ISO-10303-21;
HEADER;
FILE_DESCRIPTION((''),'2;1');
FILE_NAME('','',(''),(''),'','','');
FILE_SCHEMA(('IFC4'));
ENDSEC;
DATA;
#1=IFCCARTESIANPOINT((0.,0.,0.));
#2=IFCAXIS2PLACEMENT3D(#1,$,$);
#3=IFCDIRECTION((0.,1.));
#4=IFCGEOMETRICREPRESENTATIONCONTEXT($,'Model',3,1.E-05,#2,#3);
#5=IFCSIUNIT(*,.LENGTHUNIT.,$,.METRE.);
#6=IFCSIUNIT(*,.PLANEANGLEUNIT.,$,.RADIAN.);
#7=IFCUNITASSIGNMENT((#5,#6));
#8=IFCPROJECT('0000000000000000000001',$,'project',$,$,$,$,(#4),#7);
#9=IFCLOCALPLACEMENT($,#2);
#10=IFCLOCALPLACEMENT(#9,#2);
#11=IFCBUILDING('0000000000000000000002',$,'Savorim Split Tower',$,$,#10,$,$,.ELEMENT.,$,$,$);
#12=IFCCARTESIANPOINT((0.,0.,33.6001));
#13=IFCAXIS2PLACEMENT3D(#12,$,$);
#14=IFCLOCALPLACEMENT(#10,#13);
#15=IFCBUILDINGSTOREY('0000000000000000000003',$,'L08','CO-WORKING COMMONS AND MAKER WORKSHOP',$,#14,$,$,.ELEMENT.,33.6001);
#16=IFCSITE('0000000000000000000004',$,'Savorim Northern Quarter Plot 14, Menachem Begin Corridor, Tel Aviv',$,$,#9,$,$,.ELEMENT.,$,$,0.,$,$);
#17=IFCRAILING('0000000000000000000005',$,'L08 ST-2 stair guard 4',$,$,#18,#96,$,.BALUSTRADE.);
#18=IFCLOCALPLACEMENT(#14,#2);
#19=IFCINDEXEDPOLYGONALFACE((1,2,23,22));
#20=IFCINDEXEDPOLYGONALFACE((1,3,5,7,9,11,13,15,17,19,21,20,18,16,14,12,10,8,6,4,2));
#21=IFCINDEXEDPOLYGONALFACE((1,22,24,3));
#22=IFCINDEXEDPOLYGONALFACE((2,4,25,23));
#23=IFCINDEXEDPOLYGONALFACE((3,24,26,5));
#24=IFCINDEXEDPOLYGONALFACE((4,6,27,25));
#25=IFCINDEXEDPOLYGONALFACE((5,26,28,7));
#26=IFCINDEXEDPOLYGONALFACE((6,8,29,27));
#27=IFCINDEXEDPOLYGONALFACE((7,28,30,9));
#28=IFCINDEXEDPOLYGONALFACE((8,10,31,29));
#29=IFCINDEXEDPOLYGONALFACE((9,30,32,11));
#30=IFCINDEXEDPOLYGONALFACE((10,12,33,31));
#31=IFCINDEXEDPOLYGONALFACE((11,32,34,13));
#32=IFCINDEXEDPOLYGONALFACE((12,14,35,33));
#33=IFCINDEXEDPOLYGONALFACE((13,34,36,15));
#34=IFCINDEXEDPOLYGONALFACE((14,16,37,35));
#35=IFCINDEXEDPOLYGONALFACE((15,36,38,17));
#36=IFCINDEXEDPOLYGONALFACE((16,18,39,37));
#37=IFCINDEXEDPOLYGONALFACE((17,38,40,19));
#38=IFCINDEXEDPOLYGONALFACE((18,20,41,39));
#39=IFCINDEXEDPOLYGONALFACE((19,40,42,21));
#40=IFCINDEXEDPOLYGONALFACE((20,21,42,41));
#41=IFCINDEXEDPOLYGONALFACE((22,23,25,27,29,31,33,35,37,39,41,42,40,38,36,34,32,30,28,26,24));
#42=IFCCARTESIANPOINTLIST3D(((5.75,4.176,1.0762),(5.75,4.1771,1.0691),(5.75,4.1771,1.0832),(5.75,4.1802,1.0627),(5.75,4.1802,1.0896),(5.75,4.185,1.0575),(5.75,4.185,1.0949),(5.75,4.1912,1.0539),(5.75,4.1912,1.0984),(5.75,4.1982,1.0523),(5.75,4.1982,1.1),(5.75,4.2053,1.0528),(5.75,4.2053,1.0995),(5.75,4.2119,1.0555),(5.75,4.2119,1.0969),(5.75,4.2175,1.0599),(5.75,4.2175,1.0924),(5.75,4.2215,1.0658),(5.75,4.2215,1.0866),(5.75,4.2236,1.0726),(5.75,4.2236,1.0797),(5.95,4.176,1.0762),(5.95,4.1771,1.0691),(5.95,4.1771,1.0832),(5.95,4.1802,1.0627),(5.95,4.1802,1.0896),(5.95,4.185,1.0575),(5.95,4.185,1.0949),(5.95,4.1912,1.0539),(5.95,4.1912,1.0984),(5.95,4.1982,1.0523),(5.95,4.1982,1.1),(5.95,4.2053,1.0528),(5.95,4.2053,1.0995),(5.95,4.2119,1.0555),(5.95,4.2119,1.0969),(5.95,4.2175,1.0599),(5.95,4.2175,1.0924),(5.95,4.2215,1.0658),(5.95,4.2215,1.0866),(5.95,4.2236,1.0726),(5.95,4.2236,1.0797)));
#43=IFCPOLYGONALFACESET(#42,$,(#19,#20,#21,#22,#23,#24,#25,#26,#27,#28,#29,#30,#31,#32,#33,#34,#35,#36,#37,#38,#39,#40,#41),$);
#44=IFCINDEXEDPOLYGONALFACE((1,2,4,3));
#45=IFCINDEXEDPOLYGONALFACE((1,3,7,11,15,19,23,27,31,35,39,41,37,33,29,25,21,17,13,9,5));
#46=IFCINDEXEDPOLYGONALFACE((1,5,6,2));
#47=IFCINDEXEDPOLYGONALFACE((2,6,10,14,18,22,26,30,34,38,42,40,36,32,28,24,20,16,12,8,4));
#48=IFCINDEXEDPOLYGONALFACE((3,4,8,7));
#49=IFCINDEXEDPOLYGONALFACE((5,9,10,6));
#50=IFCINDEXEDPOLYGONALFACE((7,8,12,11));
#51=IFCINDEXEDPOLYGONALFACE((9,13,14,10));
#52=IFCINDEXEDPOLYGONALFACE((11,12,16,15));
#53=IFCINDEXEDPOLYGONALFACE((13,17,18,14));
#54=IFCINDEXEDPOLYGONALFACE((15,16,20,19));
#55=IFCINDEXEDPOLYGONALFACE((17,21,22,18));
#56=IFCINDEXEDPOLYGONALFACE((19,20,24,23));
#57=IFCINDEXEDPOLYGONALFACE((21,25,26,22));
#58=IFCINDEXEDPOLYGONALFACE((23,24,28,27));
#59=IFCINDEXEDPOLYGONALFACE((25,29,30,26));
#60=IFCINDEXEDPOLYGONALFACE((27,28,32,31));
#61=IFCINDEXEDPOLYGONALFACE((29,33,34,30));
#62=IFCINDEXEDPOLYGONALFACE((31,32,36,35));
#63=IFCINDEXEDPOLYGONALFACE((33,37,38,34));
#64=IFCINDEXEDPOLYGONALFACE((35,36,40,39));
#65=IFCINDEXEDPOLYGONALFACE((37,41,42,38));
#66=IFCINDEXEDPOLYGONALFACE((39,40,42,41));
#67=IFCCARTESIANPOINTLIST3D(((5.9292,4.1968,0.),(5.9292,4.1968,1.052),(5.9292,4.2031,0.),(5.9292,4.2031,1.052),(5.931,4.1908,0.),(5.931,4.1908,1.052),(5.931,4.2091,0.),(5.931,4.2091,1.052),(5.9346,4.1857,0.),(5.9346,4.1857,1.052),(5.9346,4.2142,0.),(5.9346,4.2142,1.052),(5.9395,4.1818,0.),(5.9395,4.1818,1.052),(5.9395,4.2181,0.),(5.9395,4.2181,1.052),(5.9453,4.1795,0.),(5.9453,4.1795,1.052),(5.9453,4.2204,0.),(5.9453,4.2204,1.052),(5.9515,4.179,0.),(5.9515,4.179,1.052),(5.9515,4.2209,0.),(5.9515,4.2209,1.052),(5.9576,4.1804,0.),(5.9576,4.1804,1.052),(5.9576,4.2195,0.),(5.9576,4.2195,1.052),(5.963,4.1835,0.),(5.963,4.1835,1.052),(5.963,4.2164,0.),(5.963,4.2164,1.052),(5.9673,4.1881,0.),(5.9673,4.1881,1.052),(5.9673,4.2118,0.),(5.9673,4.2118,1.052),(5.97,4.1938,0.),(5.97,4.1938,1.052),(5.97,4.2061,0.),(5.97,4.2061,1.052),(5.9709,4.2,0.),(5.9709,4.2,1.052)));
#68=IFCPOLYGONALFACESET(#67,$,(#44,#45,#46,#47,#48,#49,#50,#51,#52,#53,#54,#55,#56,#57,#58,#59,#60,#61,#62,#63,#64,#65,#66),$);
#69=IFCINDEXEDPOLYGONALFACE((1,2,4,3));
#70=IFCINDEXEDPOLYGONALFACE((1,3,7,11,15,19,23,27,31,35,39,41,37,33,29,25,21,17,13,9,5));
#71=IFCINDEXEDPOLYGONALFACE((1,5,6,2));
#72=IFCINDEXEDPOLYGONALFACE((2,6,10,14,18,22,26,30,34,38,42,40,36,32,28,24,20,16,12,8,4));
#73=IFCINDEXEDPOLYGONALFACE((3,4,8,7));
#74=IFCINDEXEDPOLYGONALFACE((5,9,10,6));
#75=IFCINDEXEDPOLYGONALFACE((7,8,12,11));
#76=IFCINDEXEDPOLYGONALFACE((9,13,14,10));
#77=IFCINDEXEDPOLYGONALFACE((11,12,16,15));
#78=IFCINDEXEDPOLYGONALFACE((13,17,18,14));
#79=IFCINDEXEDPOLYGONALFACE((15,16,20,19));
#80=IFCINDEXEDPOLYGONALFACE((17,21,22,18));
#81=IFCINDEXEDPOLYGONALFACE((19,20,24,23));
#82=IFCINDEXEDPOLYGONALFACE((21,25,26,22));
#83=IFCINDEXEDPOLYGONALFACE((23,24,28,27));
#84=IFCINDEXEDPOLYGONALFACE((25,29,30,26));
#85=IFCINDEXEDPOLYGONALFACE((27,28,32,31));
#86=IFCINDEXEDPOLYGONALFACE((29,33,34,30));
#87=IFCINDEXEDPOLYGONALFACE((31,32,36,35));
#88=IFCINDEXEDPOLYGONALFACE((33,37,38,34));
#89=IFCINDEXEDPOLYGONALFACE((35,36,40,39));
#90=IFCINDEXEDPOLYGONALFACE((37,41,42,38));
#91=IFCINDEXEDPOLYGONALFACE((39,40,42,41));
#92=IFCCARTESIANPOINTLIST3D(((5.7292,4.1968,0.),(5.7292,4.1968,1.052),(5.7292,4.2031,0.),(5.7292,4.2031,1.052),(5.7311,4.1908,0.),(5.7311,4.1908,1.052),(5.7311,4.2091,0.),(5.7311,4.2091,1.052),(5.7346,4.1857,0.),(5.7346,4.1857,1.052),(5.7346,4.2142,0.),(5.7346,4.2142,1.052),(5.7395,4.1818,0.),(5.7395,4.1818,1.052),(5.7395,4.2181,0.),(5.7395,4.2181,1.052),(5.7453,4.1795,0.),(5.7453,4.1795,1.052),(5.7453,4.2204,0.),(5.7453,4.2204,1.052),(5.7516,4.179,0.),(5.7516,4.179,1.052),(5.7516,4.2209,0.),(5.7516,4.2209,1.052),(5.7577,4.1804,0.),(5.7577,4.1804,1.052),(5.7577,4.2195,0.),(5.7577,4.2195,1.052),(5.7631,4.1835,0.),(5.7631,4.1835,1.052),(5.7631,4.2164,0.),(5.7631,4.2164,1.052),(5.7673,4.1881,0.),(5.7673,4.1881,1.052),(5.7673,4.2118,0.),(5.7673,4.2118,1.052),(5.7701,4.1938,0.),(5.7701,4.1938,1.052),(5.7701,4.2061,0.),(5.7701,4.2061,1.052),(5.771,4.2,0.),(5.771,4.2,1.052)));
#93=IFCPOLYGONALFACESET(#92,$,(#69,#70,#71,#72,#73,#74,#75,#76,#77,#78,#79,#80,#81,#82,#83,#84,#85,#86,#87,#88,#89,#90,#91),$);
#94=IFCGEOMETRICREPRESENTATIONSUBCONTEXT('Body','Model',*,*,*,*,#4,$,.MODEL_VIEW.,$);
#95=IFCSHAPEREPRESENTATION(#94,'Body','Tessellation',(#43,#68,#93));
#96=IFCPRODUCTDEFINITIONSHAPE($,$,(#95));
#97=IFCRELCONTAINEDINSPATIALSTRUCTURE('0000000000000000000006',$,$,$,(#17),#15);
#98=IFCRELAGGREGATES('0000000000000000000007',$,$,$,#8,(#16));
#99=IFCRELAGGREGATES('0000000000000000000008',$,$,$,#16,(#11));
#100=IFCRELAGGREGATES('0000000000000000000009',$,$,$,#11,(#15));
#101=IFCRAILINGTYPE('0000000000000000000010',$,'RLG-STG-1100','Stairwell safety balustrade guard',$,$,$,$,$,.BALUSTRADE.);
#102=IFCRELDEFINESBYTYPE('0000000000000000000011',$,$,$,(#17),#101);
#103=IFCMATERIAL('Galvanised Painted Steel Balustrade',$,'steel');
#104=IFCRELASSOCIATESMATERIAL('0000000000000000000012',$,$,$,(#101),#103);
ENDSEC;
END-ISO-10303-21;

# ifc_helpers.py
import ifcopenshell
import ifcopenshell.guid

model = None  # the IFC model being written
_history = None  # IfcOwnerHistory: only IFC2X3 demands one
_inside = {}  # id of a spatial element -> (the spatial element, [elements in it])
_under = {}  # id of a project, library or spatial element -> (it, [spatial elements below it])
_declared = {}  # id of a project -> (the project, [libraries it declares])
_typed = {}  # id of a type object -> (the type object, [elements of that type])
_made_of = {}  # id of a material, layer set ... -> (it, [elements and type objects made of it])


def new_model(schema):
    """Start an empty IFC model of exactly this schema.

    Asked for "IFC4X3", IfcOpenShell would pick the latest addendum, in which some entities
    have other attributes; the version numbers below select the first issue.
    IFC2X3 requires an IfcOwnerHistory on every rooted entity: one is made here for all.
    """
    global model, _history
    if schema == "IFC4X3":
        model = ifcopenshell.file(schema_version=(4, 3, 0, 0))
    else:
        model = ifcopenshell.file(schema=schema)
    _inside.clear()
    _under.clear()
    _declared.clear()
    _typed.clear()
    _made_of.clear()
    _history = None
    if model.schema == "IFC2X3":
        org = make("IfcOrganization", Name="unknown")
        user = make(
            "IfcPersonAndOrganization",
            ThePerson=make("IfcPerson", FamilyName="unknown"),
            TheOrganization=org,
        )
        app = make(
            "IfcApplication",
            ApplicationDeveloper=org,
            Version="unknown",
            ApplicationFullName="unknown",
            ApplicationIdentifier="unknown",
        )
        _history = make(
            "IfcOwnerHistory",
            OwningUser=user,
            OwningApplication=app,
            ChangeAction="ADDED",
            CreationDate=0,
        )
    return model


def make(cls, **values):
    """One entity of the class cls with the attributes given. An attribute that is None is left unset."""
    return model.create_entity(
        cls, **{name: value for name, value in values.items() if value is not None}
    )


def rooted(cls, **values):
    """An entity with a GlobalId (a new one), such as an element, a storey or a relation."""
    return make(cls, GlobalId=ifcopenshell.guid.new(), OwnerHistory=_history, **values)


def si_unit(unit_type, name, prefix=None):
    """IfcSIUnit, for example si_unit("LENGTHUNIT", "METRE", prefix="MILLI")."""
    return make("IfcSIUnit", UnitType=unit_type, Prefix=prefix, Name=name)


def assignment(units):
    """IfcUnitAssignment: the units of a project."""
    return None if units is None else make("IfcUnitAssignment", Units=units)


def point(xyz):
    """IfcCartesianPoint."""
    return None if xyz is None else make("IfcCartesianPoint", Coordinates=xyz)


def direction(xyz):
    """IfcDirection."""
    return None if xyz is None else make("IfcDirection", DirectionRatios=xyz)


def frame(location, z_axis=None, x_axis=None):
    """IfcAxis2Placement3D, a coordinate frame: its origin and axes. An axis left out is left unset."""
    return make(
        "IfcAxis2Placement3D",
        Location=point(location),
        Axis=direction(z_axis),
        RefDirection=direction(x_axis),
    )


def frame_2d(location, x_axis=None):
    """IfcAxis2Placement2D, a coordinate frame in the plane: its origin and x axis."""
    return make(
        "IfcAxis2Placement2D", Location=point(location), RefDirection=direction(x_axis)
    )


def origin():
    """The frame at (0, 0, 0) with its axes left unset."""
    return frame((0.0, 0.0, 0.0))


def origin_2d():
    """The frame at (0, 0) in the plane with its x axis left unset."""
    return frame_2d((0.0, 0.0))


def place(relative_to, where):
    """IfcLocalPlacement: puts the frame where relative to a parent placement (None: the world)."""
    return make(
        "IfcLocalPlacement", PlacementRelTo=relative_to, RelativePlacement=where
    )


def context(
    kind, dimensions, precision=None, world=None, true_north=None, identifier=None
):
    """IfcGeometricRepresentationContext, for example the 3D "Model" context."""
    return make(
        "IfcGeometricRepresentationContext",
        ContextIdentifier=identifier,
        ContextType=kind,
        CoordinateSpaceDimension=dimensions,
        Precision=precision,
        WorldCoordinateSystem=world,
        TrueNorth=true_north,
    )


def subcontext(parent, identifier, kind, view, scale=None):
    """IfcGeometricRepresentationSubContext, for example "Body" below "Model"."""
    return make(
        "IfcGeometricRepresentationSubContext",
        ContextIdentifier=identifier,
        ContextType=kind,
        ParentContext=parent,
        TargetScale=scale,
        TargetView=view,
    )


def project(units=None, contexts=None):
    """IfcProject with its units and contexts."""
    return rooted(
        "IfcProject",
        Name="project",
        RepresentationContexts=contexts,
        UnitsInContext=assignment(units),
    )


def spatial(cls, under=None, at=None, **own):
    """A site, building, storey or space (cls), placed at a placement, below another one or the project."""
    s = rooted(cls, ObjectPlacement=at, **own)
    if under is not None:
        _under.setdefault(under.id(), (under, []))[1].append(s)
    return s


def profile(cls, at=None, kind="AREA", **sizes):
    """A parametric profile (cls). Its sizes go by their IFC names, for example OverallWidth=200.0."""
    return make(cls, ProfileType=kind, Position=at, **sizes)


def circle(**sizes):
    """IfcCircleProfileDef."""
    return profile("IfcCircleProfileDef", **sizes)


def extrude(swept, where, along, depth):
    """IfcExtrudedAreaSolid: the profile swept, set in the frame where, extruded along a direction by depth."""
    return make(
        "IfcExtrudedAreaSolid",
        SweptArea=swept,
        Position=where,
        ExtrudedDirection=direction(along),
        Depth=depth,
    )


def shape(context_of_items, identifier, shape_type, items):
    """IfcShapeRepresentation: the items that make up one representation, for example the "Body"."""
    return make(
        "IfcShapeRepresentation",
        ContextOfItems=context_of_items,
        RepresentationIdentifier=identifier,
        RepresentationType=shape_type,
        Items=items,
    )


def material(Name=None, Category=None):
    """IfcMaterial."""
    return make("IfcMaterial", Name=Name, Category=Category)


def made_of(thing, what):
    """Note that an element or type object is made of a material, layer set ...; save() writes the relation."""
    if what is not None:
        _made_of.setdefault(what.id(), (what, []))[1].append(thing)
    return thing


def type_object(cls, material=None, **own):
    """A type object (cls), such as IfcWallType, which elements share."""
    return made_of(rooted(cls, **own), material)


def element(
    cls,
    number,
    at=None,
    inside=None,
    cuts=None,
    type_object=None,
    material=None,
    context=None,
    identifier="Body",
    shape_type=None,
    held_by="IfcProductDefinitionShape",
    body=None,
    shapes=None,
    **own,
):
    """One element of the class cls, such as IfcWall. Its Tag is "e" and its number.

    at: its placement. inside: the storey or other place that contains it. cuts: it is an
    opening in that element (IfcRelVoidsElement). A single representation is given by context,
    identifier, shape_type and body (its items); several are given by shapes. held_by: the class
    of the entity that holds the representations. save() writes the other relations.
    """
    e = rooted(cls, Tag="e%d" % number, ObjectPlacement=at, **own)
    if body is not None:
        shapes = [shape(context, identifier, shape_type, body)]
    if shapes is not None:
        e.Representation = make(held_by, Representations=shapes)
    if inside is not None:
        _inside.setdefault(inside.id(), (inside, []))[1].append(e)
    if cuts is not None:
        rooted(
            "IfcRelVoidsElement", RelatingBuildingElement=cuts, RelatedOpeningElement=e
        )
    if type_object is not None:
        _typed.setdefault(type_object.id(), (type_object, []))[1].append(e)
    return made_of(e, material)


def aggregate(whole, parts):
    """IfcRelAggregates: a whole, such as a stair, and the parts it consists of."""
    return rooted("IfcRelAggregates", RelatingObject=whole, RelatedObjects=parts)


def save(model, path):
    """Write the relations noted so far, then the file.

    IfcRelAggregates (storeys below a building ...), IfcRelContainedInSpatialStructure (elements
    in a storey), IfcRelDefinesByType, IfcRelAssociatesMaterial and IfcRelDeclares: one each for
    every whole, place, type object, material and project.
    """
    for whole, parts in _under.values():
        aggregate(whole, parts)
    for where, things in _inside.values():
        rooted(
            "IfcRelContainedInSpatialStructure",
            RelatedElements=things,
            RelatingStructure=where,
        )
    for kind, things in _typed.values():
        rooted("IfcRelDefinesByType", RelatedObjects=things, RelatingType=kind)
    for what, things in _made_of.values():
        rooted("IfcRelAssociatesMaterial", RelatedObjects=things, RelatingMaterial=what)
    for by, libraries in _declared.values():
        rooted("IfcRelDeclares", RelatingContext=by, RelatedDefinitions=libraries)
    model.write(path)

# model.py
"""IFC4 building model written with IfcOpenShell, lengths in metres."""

from ifc_helpers import new_model, si_unit, direction, frame, origin, origin_2d, place, context, subcontext, project, spatial, circle, extrude, material, type_object, element, save


model = new_model("IFC4")

# Units and contexts
model_context = context("Model", 3, precision=1e-05, world=origin(), true_north=direction((0.0, 1.0)))
body_context = subcontext(model_context, "Body", "Model", "MODEL_VIEW")
ifc_project = project(units=[si_unit("LENGTHUNIT", "METRE"), si_unit("PLANEANGLEUNIT", "RADIAN")], contexts=[model_context])

# Site, building, storey
site_placement = place(None, origin())
site = spatial("IfcSite", under=ifc_project, at=site_placement, Name="Savorim Northern Quarter Plot 14, Menachem Begin Corridor, Tel Aviv", CompositionType="ELEMENT", RefElevation=0.0)
building_placement = place(site_placement, origin())
building = spatial("IfcBuilding", under=site, at=building_placement, Name="Savorim Split Tower", CompositionType="ELEMENT")
storey_placement = place(building_placement, frame((0.0, 0.0, 33.6001)))
storey = spatial("IfcBuildingStorey", under=building, at=storey_placement, Name="L08", Description="CO-WORKING COMMONS AND MAKER WORKSHOP", CompositionType="ELEMENT", Elevation=33.6001)

# Railing
ifc_material_1 = material(Name="Galvanised Painted Steel Balustrade", Category="steel")
railing_type_1 = type_object("IfcRailingType", Name="RLG-STG-1100", Description="Stairwell safety balustrade guard", PredefinedType="BALUSTRADE", material=ifc_material_1)
railing_1_placement = place(storey_placement, frame((5.95, 4.2, 0.0)))
element("IfcRailing", 1, at=railing_1_placement, inside=storey, type_object=railing_type_1, Name="L08 ST-2 stair guard 4", PredefinedType="BALUSTRADE", context=body_context, shape_type="SweptSolid", body=[
    extrude(circle(Radius=0.0239, at=origin_2d()), frame((0.0, 0.0, 1.0762), z_axis=(-1.0, 0.0, 0.0), x_axis=(0.0, -1.0, 0.0)), (0.0, 0.0, 1.0), 0.2),
    extrude(circle(Radius=0.021, at=origin_2d()), origin(), (0.0, 0.0, 1.0), 1.052),
    extrude(circle(Radius=0.021, at=origin_2d()), frame((-0.2, 0.0, 0.0)), (0.0, 0.0, 1.0), 1.052),
])

save(model, "model.ifc")
